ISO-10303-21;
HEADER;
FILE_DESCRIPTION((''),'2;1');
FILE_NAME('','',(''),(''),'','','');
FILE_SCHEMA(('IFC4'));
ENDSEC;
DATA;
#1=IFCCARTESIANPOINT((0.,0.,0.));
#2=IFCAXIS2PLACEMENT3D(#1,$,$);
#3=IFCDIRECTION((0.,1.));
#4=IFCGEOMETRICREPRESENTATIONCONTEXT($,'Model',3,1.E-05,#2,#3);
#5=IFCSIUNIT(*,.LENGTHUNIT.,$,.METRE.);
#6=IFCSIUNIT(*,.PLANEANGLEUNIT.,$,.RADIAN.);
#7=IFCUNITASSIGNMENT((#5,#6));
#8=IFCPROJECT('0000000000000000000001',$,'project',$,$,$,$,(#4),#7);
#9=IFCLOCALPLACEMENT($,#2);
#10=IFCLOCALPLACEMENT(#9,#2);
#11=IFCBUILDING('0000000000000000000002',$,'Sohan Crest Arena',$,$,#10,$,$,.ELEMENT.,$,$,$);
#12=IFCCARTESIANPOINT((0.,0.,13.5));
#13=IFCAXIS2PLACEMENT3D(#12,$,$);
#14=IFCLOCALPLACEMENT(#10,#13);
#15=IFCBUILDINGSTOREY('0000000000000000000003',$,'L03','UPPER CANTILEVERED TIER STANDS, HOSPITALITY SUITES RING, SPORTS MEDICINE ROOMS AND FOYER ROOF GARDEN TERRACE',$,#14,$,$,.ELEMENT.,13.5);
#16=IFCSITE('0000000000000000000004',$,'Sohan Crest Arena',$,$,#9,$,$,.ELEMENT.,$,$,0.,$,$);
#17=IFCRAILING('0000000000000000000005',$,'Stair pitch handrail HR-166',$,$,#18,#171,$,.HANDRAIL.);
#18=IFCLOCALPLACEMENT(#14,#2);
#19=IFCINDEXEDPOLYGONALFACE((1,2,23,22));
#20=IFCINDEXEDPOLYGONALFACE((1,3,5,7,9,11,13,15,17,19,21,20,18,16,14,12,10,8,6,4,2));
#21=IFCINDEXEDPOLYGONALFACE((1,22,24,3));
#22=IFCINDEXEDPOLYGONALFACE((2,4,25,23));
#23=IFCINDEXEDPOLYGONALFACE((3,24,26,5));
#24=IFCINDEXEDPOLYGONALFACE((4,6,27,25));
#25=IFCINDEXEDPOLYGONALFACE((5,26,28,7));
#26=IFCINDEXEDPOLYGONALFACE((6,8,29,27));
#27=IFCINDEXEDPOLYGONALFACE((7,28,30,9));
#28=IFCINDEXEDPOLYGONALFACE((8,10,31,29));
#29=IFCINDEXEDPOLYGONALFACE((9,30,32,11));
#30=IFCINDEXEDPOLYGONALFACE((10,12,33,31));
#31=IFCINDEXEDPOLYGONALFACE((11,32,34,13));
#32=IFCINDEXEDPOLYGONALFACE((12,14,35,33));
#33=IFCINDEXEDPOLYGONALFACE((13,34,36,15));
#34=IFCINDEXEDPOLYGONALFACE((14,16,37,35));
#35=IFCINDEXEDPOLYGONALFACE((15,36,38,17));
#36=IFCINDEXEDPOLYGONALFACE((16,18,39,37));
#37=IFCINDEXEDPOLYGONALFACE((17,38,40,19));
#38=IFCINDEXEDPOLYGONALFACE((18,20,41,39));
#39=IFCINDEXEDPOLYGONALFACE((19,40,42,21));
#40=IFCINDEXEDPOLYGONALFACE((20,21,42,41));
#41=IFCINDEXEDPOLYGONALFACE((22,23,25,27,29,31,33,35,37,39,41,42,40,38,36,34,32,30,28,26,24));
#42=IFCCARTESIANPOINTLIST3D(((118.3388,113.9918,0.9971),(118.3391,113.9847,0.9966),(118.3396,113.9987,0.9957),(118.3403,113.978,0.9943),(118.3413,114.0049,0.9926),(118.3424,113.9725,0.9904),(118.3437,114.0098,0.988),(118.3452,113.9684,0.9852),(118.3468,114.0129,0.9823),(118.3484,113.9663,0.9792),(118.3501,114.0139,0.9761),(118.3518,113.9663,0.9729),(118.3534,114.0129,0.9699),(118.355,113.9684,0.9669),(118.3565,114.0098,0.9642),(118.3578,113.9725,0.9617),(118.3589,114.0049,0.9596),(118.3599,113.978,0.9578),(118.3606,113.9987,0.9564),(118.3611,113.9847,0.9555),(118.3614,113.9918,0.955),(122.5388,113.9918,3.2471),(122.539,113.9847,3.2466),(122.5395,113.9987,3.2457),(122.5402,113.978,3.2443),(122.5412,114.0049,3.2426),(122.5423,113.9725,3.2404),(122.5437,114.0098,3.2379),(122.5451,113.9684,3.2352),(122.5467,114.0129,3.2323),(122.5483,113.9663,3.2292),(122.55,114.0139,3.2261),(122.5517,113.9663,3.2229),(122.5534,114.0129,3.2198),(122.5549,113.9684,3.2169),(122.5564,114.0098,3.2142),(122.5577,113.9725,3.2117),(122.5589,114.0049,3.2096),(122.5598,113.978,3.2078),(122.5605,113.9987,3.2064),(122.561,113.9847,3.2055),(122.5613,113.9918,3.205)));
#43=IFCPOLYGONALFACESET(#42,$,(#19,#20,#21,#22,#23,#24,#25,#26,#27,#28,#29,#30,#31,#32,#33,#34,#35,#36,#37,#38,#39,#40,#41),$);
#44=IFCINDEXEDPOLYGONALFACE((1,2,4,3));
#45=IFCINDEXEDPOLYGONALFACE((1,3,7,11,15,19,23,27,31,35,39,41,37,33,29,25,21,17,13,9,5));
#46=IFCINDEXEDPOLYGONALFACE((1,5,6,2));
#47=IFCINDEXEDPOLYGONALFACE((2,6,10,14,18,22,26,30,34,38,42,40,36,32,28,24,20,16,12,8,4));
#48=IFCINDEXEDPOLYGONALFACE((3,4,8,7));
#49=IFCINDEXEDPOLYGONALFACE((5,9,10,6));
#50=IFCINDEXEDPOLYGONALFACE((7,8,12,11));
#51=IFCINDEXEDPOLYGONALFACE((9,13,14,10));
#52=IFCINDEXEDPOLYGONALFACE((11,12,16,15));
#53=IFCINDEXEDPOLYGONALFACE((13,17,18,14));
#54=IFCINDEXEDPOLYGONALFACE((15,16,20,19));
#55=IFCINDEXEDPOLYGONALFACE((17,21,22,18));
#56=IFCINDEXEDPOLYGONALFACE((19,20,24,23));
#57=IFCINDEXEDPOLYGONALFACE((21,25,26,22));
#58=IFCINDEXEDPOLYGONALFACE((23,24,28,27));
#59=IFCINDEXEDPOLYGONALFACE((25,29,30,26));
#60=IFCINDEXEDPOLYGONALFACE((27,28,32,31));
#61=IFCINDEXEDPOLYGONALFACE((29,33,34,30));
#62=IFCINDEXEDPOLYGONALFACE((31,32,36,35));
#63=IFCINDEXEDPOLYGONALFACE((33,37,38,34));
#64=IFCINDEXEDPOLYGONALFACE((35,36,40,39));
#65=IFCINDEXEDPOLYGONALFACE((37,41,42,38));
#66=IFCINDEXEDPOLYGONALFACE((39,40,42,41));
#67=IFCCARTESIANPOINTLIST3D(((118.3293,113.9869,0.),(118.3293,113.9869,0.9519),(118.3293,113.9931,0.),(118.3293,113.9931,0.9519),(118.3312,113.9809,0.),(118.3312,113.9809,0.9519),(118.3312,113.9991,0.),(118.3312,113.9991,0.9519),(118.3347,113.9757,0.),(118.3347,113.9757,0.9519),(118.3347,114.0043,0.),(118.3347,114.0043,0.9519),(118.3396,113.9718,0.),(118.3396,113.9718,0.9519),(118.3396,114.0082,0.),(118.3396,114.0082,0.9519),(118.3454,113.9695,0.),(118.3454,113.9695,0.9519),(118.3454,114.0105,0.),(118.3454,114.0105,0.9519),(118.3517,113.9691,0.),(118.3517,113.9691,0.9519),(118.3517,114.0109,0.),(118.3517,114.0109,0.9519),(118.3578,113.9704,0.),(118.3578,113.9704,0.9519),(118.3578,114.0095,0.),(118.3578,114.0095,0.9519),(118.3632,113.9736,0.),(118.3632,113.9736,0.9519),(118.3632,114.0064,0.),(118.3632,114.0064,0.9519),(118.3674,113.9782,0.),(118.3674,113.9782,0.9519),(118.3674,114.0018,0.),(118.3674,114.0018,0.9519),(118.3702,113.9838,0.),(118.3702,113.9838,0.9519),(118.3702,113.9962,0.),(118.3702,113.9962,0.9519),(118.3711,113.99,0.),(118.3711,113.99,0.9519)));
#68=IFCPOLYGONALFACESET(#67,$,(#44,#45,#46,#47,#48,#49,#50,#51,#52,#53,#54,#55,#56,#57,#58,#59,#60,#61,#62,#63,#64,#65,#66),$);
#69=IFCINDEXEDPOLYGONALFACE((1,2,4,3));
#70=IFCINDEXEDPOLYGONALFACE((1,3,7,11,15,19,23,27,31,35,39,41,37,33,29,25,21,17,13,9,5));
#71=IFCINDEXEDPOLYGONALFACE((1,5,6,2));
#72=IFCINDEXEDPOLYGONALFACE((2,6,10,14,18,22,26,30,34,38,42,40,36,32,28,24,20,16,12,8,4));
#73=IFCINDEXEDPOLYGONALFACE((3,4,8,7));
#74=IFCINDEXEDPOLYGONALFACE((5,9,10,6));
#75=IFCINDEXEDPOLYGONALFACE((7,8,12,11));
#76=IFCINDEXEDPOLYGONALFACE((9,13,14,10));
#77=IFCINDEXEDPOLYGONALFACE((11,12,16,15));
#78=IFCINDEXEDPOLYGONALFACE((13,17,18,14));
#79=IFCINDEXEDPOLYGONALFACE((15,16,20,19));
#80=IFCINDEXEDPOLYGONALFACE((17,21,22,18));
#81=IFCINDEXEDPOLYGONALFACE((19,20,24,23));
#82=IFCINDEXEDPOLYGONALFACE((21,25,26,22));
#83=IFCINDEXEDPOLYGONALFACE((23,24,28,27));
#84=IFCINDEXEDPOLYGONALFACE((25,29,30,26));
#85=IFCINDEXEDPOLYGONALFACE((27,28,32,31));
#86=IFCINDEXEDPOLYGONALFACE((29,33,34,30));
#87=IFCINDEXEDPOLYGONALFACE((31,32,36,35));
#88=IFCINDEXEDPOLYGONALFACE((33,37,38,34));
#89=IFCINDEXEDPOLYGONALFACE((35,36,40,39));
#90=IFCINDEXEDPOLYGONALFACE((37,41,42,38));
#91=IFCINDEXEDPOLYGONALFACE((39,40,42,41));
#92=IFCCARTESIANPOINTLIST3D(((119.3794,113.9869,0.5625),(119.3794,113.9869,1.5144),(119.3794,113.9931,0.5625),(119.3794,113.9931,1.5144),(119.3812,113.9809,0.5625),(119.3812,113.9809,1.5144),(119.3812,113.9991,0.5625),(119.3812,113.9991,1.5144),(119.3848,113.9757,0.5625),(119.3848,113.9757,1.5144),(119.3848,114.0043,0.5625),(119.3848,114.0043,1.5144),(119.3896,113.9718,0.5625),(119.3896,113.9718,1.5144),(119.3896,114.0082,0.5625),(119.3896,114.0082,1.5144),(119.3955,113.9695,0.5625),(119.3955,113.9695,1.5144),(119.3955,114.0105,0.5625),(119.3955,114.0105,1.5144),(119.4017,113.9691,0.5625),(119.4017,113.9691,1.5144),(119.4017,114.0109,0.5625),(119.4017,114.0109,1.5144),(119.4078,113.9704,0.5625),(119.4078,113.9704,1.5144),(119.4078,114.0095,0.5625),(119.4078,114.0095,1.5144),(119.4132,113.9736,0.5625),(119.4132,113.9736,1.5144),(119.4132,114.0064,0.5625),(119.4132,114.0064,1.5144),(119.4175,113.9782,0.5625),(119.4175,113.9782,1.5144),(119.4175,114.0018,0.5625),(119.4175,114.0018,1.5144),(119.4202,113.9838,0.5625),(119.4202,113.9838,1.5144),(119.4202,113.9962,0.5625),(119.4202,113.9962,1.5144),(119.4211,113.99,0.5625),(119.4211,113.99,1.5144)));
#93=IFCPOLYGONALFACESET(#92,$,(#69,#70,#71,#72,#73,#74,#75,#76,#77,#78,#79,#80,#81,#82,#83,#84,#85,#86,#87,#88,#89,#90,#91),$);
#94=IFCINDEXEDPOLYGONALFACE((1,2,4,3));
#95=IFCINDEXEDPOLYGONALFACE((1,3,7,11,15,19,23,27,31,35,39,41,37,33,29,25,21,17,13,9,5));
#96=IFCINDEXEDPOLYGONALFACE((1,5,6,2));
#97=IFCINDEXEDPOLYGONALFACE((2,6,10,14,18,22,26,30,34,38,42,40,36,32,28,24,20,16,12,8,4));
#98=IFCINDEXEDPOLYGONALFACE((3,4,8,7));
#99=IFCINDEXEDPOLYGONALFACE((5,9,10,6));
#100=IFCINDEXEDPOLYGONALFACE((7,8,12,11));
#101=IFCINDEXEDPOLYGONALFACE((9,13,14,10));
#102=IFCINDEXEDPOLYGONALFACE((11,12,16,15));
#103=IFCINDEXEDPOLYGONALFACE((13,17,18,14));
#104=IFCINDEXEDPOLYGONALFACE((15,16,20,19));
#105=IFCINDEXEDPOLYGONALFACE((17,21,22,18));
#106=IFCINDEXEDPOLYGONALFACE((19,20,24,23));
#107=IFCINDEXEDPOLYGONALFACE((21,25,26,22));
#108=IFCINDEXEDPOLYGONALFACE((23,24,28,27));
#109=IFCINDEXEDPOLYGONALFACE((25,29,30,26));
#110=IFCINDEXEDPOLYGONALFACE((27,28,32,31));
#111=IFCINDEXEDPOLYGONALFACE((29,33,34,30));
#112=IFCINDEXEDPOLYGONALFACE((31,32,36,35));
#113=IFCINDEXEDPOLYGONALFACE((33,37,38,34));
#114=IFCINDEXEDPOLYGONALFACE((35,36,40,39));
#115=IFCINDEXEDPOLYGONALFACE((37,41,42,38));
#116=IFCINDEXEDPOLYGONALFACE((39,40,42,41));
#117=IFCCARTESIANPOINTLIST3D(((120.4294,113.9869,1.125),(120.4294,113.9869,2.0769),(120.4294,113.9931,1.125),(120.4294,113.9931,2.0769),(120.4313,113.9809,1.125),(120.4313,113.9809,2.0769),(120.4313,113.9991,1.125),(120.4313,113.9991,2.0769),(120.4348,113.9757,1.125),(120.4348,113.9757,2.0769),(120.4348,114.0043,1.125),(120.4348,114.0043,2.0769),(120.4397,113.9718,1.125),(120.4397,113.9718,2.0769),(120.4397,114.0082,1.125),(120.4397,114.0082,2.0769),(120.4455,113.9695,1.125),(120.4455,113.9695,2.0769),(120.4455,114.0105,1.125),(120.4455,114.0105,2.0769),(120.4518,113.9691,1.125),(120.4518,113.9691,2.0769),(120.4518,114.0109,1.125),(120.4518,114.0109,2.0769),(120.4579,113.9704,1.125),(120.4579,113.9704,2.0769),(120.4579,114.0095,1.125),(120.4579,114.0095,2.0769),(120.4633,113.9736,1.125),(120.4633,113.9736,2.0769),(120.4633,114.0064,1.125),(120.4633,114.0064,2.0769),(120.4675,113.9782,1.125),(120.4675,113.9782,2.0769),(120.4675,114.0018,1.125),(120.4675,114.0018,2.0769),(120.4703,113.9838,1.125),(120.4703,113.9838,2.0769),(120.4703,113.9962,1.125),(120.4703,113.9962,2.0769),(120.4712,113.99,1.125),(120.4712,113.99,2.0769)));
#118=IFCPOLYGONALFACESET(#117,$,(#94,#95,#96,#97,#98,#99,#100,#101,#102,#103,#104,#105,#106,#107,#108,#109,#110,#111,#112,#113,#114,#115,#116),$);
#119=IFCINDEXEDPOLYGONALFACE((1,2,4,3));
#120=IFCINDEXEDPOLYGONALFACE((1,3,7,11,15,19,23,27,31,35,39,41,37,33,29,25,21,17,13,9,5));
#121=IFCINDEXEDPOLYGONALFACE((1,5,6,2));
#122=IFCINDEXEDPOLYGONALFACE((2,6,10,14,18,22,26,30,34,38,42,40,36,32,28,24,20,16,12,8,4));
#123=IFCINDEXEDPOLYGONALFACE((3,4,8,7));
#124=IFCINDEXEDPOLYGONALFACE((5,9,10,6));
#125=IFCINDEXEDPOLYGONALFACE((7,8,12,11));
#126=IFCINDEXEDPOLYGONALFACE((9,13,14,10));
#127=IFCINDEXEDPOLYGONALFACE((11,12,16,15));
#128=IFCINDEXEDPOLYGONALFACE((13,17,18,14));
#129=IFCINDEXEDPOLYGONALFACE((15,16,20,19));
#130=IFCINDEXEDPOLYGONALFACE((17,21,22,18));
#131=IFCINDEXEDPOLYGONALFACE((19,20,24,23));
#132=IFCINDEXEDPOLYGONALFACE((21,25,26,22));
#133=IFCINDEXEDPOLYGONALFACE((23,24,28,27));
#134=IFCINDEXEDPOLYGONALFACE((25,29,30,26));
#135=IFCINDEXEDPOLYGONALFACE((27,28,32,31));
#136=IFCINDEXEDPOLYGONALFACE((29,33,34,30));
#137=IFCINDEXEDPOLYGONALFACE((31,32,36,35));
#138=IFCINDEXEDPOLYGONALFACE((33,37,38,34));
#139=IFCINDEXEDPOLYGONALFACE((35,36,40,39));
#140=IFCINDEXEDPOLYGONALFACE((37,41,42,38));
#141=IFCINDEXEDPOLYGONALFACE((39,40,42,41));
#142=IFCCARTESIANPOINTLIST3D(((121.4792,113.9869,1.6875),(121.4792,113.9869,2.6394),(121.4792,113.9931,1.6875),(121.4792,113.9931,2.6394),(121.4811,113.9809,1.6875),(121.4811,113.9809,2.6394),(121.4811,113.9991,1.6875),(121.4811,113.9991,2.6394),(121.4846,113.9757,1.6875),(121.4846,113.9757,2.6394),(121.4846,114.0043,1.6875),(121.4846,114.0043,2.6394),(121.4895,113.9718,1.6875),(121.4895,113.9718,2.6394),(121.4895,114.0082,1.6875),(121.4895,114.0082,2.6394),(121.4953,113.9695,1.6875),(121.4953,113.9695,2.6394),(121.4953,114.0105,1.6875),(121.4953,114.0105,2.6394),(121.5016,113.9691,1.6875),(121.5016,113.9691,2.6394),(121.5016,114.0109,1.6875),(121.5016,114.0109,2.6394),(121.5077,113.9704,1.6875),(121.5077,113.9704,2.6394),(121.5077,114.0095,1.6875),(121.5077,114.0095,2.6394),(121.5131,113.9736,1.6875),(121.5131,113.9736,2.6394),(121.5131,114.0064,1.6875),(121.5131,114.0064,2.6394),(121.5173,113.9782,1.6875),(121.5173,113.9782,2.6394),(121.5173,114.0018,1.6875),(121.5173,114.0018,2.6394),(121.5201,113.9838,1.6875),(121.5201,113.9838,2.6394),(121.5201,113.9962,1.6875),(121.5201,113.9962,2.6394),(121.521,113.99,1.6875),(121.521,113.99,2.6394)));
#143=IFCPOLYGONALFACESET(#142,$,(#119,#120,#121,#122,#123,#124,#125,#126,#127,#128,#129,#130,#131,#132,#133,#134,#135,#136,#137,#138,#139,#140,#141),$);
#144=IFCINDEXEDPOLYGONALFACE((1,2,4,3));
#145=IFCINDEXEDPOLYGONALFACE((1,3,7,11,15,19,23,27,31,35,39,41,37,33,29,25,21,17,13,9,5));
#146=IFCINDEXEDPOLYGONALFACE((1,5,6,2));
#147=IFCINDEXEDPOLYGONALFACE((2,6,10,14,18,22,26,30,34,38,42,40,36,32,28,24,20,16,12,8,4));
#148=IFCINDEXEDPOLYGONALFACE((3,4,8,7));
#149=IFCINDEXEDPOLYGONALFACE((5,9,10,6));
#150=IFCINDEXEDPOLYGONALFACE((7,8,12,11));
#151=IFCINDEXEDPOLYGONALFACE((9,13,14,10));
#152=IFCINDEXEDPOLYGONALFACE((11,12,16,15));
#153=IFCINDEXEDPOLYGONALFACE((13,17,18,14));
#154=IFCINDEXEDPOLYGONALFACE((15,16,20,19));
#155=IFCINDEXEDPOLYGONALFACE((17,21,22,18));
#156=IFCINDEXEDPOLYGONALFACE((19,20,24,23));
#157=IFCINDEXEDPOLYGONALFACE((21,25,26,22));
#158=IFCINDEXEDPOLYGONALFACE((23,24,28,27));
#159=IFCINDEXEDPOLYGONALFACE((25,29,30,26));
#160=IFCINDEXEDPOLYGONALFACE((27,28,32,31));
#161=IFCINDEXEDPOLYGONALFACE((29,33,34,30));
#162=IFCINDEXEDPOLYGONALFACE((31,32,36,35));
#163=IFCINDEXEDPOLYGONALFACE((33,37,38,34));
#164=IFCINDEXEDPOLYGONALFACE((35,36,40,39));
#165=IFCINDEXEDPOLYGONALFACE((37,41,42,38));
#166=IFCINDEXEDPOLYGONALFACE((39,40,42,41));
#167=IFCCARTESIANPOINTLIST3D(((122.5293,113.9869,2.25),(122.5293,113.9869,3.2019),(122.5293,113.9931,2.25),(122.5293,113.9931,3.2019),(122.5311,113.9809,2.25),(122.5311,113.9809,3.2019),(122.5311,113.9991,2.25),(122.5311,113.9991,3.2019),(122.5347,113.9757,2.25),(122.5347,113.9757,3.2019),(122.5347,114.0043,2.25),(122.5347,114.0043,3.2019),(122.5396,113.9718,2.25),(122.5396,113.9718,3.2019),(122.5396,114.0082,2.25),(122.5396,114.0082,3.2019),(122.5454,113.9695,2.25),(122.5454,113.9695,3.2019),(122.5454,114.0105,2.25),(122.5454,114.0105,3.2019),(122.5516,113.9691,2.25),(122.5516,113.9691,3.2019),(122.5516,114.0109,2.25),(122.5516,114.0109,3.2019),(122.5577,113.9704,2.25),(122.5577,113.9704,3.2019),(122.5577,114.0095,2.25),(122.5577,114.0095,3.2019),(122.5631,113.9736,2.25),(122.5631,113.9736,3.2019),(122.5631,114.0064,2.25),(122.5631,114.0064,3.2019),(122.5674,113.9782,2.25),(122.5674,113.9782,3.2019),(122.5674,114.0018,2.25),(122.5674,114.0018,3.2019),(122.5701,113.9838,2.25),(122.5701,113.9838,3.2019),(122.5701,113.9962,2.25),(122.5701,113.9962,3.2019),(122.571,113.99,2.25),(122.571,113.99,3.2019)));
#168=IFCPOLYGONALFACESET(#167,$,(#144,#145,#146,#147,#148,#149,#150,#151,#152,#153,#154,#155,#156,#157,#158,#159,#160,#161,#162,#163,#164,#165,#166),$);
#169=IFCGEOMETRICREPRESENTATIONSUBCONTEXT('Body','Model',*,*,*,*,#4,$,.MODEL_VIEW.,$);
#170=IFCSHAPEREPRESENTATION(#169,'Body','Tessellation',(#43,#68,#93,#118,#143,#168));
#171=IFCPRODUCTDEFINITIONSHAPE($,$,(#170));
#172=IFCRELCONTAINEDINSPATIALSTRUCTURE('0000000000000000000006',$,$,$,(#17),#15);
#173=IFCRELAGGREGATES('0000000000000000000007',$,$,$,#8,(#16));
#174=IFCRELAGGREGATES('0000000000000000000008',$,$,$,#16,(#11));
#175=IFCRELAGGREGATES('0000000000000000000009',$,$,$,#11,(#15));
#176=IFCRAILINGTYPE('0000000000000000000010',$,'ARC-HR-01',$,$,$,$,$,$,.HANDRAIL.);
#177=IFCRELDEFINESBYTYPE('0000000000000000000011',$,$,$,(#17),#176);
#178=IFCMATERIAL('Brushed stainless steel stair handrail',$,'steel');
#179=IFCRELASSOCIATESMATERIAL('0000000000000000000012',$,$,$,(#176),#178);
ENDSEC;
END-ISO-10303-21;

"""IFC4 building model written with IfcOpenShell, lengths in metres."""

from ifc_helpers import new_model, si_unit, direction, frame, origin, origin_2d, place, context, subcontext, project, spatial, circle, extrude, material, type_object, element, save


model = new_model("IFC4")

# Units and contexts
model_context = context("Model", 3, precision=1e-05, world=origin(), true_north=direction((0.0, 1.0)))
body_context = subcontext(model_context, "Body", "Model", "MODEL_VIEW")
ifc_project = project(units=[si_unit("LENGTHUNIT", "METRE"), si_unit("PLANEANGLEUNIT", "RADIAN")], contexts=[model_context])

# Site, building, storey
site_placement = place(None, origin())
site = spatial("IfcSite", under=ifc_project, at=site_placement, Name="Sohan Crest Arena", CompositionType="ELEMENT", RefElevation=0.0)
building_placement = place(site_placement, origin())
building = spatial("IfcBuilding", under=site, at=building_placement, Name="Sohan Crest Arena", CompositionType="ELEMENT")
storey_placement = place(building_placement, frame((0.0, 0.0, 13.5)))
storey = spatial("IfcBuildingStorey", under=building, at=storey_placement, Name="L03", Description="UPPER CANTILEVERED TIER STANDS, HOSPITALITY SUITES RING, SPORTS MEDICINE ROOMS AND FOYER ROOF GARDEN TERRACE", CompositionType="ELEMENT", Elevation=13.5)

# Railing
ifc_material_1 = material(Name="Brushed stainless steel stair handrail", Category="steel")
railing_type_1 = type_object("IfcRailingType", Name="ARC-HR-01", PredefinedType="HANDRAIL", material=ifc_material_1)
for number, where, name in (
    (1, (118.3501, 113.99, 0.0), "Stair pitch handrail HR-166"),
):
    element("IfcRailing", number, at=place(storey_placement, frame(where)), inside=storey, type_object=railing_type_1, Name=name, PredefinedType="HANDRAIL", context=body_context, shape_type="SweptSolid", body=[
        extrude(circle(Radius=0.0239, at=origin_2d()), frame((0.0, 0.0, 0.9761), z_axis=(0.881478, 0.0, 0.472226), x_axis=(0.0, 1.0, 0.0)), (0.0, 0.0, 1.0), 4.7646),
        extrude(circle(Radius=0.021, at=origin_2d()), origin(), (0.0, 0.0, 1.0), 0.9519),
        extrude(circle(Radius=0.021, at=origin_2d()), frame((1.05, 0.0, 0.5625)), (0.0, 0.0, 1.0), 0.9519),
        extrude(circle(Radius=0.021, at=origin_2d()), frame((2.1001, 0.0, 1.125)), (0.0, 0.0, 1.0), 0.9519),
        extrude(circle(Radius=0.021, at=origin_2d()), frame((3.1499, 0.0, 1.6875)), (0.0, 0.0, 1.0), 0.9519),
        extrude(circle(Radius=0.021, at=origin_2d()), frame((4.2, 0.0, 2.25)), (0.0, 0.0, 1.0), 0.9519),
    ])

save(model, "model.ifc")
